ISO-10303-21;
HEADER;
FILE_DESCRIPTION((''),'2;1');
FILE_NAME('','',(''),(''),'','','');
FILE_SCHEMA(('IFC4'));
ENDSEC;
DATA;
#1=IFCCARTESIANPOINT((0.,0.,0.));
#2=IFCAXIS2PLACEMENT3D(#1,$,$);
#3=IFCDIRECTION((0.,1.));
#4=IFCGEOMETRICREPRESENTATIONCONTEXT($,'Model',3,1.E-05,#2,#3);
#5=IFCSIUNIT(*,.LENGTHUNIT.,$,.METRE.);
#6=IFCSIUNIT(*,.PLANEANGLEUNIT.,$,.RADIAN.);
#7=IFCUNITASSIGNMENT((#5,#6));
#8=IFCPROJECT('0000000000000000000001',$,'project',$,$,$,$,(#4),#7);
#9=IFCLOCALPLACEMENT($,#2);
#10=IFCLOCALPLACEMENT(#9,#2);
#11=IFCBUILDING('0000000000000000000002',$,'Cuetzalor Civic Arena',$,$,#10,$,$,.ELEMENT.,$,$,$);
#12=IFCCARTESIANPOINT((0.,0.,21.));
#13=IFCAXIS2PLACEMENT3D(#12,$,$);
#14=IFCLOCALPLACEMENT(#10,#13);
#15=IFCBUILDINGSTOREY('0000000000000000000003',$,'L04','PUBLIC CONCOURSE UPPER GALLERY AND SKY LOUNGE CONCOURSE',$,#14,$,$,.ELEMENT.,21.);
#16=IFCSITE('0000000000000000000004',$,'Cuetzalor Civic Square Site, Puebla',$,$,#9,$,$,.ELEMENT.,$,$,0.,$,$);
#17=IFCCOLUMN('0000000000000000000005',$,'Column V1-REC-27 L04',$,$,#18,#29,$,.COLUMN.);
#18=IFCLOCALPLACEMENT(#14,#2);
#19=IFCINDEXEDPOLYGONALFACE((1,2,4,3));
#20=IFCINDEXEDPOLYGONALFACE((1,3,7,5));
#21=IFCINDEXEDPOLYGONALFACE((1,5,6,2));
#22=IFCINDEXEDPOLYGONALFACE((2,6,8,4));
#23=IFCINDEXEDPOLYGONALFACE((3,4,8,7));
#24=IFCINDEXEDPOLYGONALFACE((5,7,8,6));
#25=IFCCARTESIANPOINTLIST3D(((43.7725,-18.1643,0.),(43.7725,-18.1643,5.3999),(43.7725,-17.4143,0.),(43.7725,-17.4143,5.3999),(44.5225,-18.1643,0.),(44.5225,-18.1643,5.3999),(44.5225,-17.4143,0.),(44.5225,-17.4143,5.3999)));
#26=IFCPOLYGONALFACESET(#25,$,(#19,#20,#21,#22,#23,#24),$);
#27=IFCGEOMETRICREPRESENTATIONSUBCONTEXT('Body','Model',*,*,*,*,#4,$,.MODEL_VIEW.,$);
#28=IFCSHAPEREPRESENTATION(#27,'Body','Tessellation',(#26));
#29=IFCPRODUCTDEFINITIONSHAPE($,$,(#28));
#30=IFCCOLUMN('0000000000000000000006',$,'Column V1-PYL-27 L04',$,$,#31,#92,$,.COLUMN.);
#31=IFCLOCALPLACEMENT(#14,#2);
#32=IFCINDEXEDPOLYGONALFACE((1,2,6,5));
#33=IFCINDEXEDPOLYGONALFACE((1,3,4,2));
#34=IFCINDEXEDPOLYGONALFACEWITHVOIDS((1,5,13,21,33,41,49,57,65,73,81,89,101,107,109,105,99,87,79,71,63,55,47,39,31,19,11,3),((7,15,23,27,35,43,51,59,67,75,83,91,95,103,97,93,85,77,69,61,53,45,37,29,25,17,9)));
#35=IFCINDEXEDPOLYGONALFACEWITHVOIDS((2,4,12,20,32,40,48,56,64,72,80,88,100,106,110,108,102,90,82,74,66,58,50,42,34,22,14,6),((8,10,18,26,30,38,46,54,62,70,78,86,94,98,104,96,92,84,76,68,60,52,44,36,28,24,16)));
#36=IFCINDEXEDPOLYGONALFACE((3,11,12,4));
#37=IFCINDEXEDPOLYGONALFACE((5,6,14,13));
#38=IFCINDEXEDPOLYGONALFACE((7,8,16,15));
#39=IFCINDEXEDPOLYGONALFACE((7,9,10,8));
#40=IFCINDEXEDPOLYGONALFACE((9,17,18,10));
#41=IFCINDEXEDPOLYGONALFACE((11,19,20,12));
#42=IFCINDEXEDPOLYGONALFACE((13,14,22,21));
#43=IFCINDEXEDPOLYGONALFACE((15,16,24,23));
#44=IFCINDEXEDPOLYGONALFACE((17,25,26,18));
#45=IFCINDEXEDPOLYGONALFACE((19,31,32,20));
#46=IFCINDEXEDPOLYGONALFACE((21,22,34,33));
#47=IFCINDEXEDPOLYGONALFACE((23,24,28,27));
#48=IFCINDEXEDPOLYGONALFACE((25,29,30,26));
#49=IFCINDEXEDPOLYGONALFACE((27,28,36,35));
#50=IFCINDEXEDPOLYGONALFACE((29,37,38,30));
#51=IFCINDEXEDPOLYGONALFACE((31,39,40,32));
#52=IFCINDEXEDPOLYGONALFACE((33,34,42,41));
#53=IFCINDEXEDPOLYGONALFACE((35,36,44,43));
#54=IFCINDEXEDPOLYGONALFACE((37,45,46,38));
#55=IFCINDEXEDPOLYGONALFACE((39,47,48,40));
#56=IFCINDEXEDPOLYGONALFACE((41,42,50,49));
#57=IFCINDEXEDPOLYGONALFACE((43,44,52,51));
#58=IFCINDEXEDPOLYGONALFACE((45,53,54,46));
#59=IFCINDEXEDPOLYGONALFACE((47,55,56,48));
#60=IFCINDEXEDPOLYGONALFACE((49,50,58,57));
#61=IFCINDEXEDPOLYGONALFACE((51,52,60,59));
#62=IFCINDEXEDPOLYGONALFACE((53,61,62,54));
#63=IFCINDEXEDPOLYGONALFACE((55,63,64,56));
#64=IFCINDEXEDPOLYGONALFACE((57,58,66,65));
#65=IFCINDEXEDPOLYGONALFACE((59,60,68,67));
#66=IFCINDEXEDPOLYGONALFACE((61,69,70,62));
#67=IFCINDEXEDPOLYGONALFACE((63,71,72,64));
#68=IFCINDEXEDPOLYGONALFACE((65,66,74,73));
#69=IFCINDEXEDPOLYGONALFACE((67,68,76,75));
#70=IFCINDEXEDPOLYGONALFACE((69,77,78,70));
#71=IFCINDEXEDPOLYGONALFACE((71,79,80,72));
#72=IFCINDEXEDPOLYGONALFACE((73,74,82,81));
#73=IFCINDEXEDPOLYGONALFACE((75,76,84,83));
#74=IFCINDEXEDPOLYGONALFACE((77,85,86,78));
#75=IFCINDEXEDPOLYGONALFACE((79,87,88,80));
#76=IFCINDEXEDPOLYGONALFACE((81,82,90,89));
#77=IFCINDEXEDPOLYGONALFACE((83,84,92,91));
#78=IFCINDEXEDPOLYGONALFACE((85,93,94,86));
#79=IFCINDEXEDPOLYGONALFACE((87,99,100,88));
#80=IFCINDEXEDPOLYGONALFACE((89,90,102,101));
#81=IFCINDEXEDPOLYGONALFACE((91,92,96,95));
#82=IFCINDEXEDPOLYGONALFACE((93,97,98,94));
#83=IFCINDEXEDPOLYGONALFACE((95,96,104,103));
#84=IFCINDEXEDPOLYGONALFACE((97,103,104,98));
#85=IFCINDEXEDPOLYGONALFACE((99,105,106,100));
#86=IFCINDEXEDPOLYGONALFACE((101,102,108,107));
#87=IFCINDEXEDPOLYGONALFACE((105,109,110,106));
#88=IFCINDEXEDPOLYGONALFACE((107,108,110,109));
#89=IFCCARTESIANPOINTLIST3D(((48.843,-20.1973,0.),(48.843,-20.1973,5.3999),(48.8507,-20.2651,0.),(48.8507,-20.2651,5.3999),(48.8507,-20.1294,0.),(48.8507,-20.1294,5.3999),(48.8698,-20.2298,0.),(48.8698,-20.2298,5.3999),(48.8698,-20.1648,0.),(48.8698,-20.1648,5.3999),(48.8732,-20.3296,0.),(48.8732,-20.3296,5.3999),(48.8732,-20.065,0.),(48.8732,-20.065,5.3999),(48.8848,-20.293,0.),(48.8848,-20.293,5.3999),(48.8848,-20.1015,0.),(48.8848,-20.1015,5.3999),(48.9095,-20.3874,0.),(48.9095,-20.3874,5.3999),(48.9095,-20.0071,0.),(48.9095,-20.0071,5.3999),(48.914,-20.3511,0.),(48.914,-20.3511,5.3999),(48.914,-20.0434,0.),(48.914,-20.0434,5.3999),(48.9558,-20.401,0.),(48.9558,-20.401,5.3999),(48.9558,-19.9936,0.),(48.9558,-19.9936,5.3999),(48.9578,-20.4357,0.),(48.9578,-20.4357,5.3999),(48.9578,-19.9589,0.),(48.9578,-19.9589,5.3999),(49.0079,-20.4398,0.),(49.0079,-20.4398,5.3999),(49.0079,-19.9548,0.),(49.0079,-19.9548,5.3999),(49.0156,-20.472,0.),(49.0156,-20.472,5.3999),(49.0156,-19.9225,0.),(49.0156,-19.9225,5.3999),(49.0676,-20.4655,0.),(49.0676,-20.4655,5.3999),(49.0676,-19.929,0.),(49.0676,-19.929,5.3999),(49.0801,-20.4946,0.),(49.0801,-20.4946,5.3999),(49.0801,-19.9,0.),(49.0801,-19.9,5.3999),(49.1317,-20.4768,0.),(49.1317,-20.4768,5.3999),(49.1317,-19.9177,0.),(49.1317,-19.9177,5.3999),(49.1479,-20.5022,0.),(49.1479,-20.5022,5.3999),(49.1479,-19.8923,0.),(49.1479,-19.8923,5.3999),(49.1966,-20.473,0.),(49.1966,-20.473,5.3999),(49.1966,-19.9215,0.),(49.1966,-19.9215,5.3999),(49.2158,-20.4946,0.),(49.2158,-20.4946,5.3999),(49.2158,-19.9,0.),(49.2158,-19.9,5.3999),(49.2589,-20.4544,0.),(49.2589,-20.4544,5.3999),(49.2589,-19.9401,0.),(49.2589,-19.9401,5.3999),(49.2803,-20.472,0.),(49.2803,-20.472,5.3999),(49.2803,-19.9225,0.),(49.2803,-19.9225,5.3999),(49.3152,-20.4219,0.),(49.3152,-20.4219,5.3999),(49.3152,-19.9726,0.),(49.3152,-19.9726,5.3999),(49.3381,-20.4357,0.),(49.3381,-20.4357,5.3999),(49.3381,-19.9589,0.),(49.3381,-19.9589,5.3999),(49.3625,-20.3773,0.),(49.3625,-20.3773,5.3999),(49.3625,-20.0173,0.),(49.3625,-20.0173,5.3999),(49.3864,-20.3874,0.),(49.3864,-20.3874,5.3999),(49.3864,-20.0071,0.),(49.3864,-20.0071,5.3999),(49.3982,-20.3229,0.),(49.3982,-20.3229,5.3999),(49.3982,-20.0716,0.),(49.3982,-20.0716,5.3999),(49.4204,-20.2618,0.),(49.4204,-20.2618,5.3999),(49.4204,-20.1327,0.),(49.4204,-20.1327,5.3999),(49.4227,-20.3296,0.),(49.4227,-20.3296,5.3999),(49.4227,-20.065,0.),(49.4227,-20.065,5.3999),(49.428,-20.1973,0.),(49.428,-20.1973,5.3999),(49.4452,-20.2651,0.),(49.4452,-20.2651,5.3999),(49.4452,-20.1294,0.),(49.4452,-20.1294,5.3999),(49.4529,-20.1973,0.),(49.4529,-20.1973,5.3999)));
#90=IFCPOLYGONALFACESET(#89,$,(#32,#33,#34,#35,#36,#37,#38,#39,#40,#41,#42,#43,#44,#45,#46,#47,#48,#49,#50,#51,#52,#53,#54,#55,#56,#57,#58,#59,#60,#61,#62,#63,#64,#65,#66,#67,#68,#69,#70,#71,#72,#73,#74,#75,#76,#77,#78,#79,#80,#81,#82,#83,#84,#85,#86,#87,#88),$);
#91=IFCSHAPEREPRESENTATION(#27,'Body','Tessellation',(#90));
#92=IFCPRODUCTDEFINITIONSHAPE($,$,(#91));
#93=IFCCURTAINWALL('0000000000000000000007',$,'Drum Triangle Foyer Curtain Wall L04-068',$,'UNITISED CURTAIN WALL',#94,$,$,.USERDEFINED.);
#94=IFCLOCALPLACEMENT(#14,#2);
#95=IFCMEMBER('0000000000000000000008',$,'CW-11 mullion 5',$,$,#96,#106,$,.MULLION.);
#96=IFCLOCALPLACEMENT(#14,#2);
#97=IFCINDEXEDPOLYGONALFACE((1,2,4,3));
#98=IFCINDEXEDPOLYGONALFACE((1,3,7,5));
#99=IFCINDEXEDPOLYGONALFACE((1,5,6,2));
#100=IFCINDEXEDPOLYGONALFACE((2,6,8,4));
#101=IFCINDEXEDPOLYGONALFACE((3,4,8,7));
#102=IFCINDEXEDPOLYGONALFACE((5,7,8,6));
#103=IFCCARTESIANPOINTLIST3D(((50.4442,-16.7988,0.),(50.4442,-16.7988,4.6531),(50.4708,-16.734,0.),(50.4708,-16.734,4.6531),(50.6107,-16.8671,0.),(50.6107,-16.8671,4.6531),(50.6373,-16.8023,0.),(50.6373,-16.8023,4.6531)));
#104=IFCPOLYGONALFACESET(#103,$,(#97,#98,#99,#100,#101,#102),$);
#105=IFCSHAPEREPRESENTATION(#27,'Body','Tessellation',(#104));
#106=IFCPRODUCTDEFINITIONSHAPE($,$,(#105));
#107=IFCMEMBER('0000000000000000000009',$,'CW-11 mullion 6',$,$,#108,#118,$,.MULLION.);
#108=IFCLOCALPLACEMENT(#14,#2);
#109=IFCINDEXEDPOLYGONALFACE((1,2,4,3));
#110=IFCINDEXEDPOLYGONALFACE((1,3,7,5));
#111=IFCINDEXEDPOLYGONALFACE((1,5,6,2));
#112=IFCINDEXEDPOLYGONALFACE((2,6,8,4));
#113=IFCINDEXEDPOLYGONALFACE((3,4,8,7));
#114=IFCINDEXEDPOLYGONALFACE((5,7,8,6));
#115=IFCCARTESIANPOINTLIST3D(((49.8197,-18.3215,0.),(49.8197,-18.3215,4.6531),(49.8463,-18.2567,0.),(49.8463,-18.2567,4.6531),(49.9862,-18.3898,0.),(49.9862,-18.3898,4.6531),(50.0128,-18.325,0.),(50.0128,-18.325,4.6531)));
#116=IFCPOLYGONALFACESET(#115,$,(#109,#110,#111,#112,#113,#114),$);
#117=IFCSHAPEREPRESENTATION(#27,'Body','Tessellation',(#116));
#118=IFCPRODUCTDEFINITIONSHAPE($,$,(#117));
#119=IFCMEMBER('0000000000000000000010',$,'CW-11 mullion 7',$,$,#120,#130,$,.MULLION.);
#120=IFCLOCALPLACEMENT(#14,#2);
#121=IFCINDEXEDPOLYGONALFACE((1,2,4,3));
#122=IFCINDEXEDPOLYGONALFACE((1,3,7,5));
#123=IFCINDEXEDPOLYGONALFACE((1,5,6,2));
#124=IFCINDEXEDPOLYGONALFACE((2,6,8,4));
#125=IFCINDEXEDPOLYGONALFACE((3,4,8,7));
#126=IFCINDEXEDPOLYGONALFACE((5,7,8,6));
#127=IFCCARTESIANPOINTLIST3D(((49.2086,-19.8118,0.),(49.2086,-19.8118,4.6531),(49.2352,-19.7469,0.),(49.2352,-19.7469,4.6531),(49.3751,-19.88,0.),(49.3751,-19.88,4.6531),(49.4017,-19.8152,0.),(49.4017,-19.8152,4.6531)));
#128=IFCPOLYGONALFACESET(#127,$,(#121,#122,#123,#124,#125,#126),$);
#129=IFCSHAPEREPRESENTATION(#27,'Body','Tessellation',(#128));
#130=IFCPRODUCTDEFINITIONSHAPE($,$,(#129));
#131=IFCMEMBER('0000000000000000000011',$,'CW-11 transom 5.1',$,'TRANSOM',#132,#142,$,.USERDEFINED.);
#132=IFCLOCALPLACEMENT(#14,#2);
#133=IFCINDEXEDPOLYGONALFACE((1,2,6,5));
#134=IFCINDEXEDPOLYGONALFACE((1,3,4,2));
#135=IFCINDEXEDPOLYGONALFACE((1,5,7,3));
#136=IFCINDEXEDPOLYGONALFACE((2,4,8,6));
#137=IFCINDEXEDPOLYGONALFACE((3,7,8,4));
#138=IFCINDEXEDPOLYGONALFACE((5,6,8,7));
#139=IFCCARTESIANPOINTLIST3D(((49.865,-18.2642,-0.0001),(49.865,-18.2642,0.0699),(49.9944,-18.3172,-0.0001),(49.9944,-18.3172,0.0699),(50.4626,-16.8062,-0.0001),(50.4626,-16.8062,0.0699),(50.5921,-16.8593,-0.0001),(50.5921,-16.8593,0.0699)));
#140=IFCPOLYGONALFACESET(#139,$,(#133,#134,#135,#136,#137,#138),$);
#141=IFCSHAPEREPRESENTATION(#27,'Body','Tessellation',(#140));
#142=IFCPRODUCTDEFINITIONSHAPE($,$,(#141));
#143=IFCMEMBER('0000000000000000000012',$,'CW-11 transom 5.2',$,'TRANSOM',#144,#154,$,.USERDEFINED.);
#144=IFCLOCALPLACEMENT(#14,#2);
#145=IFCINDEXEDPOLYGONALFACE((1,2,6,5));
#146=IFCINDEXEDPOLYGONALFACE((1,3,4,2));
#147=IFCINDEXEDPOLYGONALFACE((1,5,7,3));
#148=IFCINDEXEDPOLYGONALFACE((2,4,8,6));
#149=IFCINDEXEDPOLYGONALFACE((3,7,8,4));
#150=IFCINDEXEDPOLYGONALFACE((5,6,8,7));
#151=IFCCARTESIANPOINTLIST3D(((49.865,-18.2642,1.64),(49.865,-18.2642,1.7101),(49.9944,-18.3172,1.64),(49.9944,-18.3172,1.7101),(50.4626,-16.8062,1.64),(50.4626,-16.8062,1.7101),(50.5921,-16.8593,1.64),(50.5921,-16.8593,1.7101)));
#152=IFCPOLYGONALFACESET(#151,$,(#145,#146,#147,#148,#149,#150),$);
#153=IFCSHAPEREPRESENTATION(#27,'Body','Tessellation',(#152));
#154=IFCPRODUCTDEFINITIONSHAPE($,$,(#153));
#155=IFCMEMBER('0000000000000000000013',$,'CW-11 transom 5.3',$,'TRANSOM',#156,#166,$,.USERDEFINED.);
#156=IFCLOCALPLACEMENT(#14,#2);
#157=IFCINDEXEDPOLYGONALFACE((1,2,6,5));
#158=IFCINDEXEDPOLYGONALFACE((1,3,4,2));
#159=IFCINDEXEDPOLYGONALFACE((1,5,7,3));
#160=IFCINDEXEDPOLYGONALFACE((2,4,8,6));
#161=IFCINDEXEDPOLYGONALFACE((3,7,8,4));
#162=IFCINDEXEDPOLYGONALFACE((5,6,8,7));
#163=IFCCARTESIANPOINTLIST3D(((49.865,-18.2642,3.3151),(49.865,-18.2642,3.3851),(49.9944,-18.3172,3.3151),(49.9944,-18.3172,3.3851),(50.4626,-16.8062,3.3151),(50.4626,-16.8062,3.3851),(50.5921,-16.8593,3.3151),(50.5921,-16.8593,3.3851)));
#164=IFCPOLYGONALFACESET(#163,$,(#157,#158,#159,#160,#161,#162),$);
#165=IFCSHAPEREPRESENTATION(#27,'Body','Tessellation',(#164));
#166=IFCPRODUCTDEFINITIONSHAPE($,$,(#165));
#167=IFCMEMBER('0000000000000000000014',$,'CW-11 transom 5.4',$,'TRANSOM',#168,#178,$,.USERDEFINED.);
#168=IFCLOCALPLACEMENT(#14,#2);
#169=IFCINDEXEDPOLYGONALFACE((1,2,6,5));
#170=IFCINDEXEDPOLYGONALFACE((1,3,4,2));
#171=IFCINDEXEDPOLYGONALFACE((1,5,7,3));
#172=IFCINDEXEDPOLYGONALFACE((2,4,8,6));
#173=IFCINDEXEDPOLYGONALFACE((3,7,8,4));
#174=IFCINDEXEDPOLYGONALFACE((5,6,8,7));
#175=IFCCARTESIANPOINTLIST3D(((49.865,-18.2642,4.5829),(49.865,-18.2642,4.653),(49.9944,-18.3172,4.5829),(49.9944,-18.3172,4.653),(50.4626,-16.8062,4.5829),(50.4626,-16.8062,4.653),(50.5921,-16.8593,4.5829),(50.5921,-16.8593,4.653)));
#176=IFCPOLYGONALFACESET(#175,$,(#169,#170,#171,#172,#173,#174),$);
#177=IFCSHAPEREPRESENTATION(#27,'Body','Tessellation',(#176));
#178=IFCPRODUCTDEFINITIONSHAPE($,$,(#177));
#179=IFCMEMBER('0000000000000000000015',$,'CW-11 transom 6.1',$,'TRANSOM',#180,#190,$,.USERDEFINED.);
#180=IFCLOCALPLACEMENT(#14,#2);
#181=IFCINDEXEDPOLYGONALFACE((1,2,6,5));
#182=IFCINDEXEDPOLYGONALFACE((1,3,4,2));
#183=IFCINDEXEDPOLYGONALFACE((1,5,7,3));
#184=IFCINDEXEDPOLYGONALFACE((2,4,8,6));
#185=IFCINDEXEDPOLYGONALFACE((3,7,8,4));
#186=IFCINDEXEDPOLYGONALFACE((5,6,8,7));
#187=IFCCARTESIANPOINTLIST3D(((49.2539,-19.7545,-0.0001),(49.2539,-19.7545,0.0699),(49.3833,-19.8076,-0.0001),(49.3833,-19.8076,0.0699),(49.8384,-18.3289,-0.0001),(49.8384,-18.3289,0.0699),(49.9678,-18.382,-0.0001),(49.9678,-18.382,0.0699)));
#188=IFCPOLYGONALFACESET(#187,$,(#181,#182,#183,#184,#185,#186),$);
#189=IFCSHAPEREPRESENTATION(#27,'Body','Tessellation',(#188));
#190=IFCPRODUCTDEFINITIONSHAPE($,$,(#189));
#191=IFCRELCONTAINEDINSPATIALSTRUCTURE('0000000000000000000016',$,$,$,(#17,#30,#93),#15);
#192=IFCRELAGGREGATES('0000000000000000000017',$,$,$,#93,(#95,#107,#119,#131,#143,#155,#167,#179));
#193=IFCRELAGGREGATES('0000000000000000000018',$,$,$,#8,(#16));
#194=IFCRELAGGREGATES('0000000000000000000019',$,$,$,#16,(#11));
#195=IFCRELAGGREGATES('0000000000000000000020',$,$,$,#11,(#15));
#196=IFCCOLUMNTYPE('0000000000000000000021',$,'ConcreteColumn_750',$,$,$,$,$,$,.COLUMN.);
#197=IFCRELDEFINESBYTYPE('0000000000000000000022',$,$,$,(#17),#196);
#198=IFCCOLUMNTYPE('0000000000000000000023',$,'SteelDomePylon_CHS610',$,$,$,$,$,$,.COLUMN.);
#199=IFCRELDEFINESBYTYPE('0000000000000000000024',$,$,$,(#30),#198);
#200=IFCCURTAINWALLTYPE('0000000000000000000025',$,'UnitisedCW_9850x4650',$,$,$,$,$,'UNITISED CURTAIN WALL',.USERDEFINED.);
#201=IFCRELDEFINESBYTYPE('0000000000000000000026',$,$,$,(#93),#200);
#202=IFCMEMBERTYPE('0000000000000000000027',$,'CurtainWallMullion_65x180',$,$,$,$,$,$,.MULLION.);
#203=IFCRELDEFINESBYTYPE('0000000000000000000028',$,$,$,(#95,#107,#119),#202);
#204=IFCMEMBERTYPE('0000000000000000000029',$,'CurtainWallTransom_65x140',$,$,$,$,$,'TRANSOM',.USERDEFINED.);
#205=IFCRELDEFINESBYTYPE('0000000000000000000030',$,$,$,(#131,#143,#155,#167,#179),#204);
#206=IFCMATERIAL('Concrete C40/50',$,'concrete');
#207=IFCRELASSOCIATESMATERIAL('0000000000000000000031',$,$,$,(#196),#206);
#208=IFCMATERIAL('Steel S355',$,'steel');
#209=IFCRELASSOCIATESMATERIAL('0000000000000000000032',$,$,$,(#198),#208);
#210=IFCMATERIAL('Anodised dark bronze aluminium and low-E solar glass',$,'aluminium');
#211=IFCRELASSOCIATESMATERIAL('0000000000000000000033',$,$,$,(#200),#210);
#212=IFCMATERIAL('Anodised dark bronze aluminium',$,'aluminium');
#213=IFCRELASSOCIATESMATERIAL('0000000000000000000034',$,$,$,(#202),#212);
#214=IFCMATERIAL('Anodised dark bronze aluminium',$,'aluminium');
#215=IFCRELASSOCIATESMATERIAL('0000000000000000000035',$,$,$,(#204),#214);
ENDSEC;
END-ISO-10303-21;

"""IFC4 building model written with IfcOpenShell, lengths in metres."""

from ifc_helpers import new_model, si_unit, direction, frame, origin, origin_2d, place, context, subcontext, project, spatial, rectangle, hollow_circle, extrude, material, material_profile, profile_set, type_object, element, aggregate, save


model = new_model("IFC4")

# Units and contexts
model_context = context("Model", 3, precision=1e-05, world=origin(), true_north=direction((0.0, 1.0)))
body_context = subcontext(model_context, "Body", "Model", "MODEL_VIEW")
ifc_project = project(units=[si_unit("LENGTHUNIT", "METRE"), si_unit("PLANEANGLEUNIT", "RADIAN")], contexts=[model_context])

# Site, building, storey
site_placement = place(None, origin())
site = spatial("IfcSite", under=ifc_project, at=site_placement, Name="Cuetzalor Civic Square Site, Puebla", CompositionType="ELEMENT", RefElevation=0.0)
building_placement = place(site_placement, origin())
building = spatial("IfcBuilding", under=site, at=building_placement, Name="Cuetzalor Civic Arena", CompositionType="ELEMENT")
storey_placement = place(building_placement, frame((0.0, 0.0, 21.0)))
storey = spatial("IfcBuildingStorey", under=building, at=storey_placement, Name="L04", Description="PUBLIC CONCOURSE UPPER GALLERY AND SKY LOUNGE CONCOURSE", CompositionType="ELEMENT", Elevation=21.0)

# Columns
ifc_material_1 = material(Name="Concrete C40/50", Category="concrete")
ifc_material_profile_1 = material_profile(ifc_material_1, rectangle(XDim=0.75, YDim=0.75, at=origin_2d()), Name="RC 750x750")
ifc_profile_set_1 = profile_set([ifc_material_profile_1], Name="Concrete C40/50")
column_type_1 = type_object("IfcColumnType", Name="ConcreteColumn_750", PredefinedType="COLUMN", material=ifc_profile_set_1)
column_1_placement = place(storey_placement, frame((44.1475, -17.7893, 0.0), z_axis=(0.0, 0.0, 1.0), x_axis=(1.0, 0.0, 0.0)))
element("IfcColumn", 1, at=column_1_placement, inside=storey, type_object=column_type_1, Name="Column V1-REC-27 L04", PredefinedType="COLUMN", context=body_context, shape_type="SweptSolid", body=[
    extrude(rectangle(XDim=0.75, YDim=0.75, at=origin_2d()), origin(), (0.0, 0.0, 1.0), 5.3999),
])
ifc_material_2 = material(Name="Steel S355", Category="steel")
ifc_material_profile_2 = material_profile(ifc_material_2, hollow_circle(Radius=0.3049, WallThickness=0.0249, at=origin_2d()), Name="CHS 610x25")
ifc_profile_set_2 = profile_set([ifc_material_profile_2], Name="Steel S355")
column_type_2 = type_object("IfcColumnType", Name="SteelDomePylon_CHS610", PredefinedType="COLUMN", material=ifc_profile_set_2)
column_2_placement = place(storey_placement, frame((49.1479, -20.1973, 0.0), z_axis=(0.0, 0.0, 1.0), x_axis=(1.0, 0.0, 0.0)))
element("IfcColumn", 2, at=column_2_placement, inside=storey, type_object=column_type_2, Name="Column V1-PYL-27 L04", PredefinedType="COLUMN", context=body_context, shape_type="SweptSolid", body=[
    extrude(hollow_circle(Radius=0.3049, WallThickness=0.0249, at=origin_2d()), origin(), (0.0, 0.0, 1.0), 5.3999),
])

# Curtain wall, members
ifc_material_3 = material(Name="Anodised dark bronze aluminium and low-E solar glass", Category="aluminium")
curtain_wall_type = type_object("IfcCurtainWallType", Name="UnitisedCW_9850x4650", ElementType="UNITISED CURTAIN WALL", PredefinedType="USERDEFINED", material=ifc_material_3)
curtain_wall_placement = place(storey_placement, origin())
curtain_wall = element("IfcCurtainWall", 3, at=curtain_wall_placement, inside=storey, type_object=curtain_wall_type, Name="Drum Triangle Foyer Curtain Wall L04-068", ObjectType="UNITISED CURTAIN WALL", PredefinedType="USERDEFINED")
ifc_material_4 = material(Name="Anodised dark bronze aluminium", Category="aluminium")
ifc_material_profile_3 = material_profile(ifc_material_4, rectangle(XDim=0.0701, YDim=0.1799, at=origin_2d()), Name="ALU MULLION 70x180")
ifc_profile_set_3 = profile_set([ifc_material_profile_3], Name="Anodised dark bronze aluminium")
member_type_1 = type_object("IfcMemberType", Name="CurtainWallMullion_65x180", PredefinedType="MULLION", material=ifc_profile_set_3)
member_1_placement = place(storey_placement, frame((50.5408, -16.8005, 0.0), z_axis=(0.0, 0.0, 1.0), x_axis=(-0.379391, -0.925236, 0.0)))
member_1 = element("IfcMember", 4, at=member_1_placement, type_object=member_type_1, Name="CW-11 mullion 5", PredefinedType="MULLION", context=body_context, shape_type="SweptSolid", body=[
    extrude(rectangle(XDim=0.0701, YDim=0.1799, at=origin_2d()), origin(), (0.0, 0.0, 1.0), 4.6531),
])
member_2_placement = place(storey_placement, frame((49.9163, -18.3232, 0.0), z_axis=(0.0, 0.0, 1.0), x_axis=(-0.379391, -0.925236, 0.0)))
member_2 = element("IfcMember", 5, at=member_2_placement, type_object=member_type_1, Name="CW-11 mullion 6", PredefinedType="MULLION", context=body_context, shape_type="SweptSolid", body=[
    extrude(rectangle(XDim=0.0701, YDim=0.1799, at=origin_2d()), origin(), (0.0, 0.0, 1.0), 4.6531),
])
member_3_placement = place(storey_placement, frame((49.3052, -19.8135, 0.0), z_axis=(0.0, 0.0, 1.0), x_axis=(-0.379391, -0.925236, 0.0)))
member_3 = element("IfcMember", 6, at=member_3_placement, type_object=member_type_1, Name="CW-11 mullion 7", PredefinedType="MULLION", context=body_context, shape_type="SweptSolid", body=[
    extrude(rectangle(XDim=0.0701, YDim=0.1799, at=origin_2d()), origin(), (0.0, 0.0, 1.0), 4.6531),
])
ifc_material_5 = material(Name="Anodised dark bronze aluminium", Category="aluminium")
ifc_material_profile_4 = material_profile(ifc_material_5, rectangle(XDim=0.1399, YDim=0.0701, at=origin_2d()), Name="ALU TRANSOM 70x140")
ifc_profile_set_4 = profile_set([ifc_material_profile_4], Name="Anodised dark bronze aluminium")
member_type_2 = type_object("IfcMemberType", Name="CurtainWallTransom_65x140", ElementType="TRANSOM", PredefinedType="USERDEFINED", material=ifc_profile_set_4)
member_4_placement = place(storey_placement, frame((50.5273, -16.8328, 0.0349), z_axis=(-0.379284, -0.92528, 0.0), x_axis=(0.92528, -0.379284, 0.0)))
member_4 = element("IfcMember", 7, at=member_4_placement, type_object=member_type_2, Name="CW-11 transom 5.1", ObjectType="TRANSOM", PredefinedType="USERDEFINED", context=body_context, shape_type="SweptSolid", body=[
    extrude(rectangle(XDim=0.1399, YDim=0.0701, at=origin_2d()), origin(), (0.0, 0.0, 1.0), 1.5757),
])
member_5_placement = place(storey_placement, frame((50.5273, -16.8328, 1.675), z_axis=(-0.379284, -0.92528, 0.0), x_axis=(0.92528, -0.379284, 0.0)))
member_5 = element("IfcMember", 8, at=member_5_placement, type_object=member_type_2, Name="CW-11 transom 5.2", ObjectType="TRANSOM", PredefinedType="USERDEFINED", context=body_context, shape_type="SweptSolid", body=[
    extrude(rectangle(XDim=0.1399, YDim=0.0701, at=origin_2d()), origin(), (0.0, 0.0, 1.0), 1.5757),
])
member_6_placement = place(storey_placement, frame((50.5273, -16.8328, 3.3501), z_axis=(-0.379284, -0.92528, 0.0), x_axis=(0.92528, -0.379284, 0.0)))
member_6 = element("IfcMember", 9, at=member_6_placement, type_object=member_type_2, Name="CW-11 transom 5.3", ObjectType="TRANSOM", PredefinedType="USERDEFINED", context=body_context, shape_type="SweptSolid", body=[
    extrude(rectangle(XDim=0.1399, YDim=0.0701, at=origin_2d()), origin(), (0.0, 0.0, 1.0), 1.5757),
])
member_7_placement = place(storey_placement, frame((50.5273, -16.8328, 4.6179), z_axis=(-0.379284, -0.92528, 0.0), x_axis=(0.92528, -0.379284, 0.0)))
member_7 = element("IfcMember", 10, at=member_7_placement, type_object=member_type_2, Name="CW-11 transom 5.4", ObjectType="TRANSOM", PredefinedType="USERDEFINED", context=body_context, shape_type="SweptSolid", body=[
    extrude(rectangle(XDim=0.1399, YDim=0.0701, at=origin_2d()), origin(), (0.0, 0.0, 1.0), 1.5757),
])
member_8_placement = place(storey_placement, frame((49.9031, -18.3555, 0.0349), z_axis=(-0.379355, -0.925251, 0.0), x_axis=(0.925251, -0.379355, 0.0)))
member_8 = element("IfcMember", 11, at=member_8_placement, type_object=member_type_2, Name="CW-11 transom 6.1", ObjectType="TRANSOM", PredefinedType="USERDEFINED", context=body_context, shape_type="SweptSolid", body=[
    extrude(rectangle(XDim=0.1399, YDim=0.0701, at=origin_2d()), origin(), (0.0, 0.0, 1.0), 1.5408),
])

aggregate(curtain_wall, [member_1, member_2, member_3, member_4, member_5, member_6, member_7, member_8])

save(model, "model.ifc")
